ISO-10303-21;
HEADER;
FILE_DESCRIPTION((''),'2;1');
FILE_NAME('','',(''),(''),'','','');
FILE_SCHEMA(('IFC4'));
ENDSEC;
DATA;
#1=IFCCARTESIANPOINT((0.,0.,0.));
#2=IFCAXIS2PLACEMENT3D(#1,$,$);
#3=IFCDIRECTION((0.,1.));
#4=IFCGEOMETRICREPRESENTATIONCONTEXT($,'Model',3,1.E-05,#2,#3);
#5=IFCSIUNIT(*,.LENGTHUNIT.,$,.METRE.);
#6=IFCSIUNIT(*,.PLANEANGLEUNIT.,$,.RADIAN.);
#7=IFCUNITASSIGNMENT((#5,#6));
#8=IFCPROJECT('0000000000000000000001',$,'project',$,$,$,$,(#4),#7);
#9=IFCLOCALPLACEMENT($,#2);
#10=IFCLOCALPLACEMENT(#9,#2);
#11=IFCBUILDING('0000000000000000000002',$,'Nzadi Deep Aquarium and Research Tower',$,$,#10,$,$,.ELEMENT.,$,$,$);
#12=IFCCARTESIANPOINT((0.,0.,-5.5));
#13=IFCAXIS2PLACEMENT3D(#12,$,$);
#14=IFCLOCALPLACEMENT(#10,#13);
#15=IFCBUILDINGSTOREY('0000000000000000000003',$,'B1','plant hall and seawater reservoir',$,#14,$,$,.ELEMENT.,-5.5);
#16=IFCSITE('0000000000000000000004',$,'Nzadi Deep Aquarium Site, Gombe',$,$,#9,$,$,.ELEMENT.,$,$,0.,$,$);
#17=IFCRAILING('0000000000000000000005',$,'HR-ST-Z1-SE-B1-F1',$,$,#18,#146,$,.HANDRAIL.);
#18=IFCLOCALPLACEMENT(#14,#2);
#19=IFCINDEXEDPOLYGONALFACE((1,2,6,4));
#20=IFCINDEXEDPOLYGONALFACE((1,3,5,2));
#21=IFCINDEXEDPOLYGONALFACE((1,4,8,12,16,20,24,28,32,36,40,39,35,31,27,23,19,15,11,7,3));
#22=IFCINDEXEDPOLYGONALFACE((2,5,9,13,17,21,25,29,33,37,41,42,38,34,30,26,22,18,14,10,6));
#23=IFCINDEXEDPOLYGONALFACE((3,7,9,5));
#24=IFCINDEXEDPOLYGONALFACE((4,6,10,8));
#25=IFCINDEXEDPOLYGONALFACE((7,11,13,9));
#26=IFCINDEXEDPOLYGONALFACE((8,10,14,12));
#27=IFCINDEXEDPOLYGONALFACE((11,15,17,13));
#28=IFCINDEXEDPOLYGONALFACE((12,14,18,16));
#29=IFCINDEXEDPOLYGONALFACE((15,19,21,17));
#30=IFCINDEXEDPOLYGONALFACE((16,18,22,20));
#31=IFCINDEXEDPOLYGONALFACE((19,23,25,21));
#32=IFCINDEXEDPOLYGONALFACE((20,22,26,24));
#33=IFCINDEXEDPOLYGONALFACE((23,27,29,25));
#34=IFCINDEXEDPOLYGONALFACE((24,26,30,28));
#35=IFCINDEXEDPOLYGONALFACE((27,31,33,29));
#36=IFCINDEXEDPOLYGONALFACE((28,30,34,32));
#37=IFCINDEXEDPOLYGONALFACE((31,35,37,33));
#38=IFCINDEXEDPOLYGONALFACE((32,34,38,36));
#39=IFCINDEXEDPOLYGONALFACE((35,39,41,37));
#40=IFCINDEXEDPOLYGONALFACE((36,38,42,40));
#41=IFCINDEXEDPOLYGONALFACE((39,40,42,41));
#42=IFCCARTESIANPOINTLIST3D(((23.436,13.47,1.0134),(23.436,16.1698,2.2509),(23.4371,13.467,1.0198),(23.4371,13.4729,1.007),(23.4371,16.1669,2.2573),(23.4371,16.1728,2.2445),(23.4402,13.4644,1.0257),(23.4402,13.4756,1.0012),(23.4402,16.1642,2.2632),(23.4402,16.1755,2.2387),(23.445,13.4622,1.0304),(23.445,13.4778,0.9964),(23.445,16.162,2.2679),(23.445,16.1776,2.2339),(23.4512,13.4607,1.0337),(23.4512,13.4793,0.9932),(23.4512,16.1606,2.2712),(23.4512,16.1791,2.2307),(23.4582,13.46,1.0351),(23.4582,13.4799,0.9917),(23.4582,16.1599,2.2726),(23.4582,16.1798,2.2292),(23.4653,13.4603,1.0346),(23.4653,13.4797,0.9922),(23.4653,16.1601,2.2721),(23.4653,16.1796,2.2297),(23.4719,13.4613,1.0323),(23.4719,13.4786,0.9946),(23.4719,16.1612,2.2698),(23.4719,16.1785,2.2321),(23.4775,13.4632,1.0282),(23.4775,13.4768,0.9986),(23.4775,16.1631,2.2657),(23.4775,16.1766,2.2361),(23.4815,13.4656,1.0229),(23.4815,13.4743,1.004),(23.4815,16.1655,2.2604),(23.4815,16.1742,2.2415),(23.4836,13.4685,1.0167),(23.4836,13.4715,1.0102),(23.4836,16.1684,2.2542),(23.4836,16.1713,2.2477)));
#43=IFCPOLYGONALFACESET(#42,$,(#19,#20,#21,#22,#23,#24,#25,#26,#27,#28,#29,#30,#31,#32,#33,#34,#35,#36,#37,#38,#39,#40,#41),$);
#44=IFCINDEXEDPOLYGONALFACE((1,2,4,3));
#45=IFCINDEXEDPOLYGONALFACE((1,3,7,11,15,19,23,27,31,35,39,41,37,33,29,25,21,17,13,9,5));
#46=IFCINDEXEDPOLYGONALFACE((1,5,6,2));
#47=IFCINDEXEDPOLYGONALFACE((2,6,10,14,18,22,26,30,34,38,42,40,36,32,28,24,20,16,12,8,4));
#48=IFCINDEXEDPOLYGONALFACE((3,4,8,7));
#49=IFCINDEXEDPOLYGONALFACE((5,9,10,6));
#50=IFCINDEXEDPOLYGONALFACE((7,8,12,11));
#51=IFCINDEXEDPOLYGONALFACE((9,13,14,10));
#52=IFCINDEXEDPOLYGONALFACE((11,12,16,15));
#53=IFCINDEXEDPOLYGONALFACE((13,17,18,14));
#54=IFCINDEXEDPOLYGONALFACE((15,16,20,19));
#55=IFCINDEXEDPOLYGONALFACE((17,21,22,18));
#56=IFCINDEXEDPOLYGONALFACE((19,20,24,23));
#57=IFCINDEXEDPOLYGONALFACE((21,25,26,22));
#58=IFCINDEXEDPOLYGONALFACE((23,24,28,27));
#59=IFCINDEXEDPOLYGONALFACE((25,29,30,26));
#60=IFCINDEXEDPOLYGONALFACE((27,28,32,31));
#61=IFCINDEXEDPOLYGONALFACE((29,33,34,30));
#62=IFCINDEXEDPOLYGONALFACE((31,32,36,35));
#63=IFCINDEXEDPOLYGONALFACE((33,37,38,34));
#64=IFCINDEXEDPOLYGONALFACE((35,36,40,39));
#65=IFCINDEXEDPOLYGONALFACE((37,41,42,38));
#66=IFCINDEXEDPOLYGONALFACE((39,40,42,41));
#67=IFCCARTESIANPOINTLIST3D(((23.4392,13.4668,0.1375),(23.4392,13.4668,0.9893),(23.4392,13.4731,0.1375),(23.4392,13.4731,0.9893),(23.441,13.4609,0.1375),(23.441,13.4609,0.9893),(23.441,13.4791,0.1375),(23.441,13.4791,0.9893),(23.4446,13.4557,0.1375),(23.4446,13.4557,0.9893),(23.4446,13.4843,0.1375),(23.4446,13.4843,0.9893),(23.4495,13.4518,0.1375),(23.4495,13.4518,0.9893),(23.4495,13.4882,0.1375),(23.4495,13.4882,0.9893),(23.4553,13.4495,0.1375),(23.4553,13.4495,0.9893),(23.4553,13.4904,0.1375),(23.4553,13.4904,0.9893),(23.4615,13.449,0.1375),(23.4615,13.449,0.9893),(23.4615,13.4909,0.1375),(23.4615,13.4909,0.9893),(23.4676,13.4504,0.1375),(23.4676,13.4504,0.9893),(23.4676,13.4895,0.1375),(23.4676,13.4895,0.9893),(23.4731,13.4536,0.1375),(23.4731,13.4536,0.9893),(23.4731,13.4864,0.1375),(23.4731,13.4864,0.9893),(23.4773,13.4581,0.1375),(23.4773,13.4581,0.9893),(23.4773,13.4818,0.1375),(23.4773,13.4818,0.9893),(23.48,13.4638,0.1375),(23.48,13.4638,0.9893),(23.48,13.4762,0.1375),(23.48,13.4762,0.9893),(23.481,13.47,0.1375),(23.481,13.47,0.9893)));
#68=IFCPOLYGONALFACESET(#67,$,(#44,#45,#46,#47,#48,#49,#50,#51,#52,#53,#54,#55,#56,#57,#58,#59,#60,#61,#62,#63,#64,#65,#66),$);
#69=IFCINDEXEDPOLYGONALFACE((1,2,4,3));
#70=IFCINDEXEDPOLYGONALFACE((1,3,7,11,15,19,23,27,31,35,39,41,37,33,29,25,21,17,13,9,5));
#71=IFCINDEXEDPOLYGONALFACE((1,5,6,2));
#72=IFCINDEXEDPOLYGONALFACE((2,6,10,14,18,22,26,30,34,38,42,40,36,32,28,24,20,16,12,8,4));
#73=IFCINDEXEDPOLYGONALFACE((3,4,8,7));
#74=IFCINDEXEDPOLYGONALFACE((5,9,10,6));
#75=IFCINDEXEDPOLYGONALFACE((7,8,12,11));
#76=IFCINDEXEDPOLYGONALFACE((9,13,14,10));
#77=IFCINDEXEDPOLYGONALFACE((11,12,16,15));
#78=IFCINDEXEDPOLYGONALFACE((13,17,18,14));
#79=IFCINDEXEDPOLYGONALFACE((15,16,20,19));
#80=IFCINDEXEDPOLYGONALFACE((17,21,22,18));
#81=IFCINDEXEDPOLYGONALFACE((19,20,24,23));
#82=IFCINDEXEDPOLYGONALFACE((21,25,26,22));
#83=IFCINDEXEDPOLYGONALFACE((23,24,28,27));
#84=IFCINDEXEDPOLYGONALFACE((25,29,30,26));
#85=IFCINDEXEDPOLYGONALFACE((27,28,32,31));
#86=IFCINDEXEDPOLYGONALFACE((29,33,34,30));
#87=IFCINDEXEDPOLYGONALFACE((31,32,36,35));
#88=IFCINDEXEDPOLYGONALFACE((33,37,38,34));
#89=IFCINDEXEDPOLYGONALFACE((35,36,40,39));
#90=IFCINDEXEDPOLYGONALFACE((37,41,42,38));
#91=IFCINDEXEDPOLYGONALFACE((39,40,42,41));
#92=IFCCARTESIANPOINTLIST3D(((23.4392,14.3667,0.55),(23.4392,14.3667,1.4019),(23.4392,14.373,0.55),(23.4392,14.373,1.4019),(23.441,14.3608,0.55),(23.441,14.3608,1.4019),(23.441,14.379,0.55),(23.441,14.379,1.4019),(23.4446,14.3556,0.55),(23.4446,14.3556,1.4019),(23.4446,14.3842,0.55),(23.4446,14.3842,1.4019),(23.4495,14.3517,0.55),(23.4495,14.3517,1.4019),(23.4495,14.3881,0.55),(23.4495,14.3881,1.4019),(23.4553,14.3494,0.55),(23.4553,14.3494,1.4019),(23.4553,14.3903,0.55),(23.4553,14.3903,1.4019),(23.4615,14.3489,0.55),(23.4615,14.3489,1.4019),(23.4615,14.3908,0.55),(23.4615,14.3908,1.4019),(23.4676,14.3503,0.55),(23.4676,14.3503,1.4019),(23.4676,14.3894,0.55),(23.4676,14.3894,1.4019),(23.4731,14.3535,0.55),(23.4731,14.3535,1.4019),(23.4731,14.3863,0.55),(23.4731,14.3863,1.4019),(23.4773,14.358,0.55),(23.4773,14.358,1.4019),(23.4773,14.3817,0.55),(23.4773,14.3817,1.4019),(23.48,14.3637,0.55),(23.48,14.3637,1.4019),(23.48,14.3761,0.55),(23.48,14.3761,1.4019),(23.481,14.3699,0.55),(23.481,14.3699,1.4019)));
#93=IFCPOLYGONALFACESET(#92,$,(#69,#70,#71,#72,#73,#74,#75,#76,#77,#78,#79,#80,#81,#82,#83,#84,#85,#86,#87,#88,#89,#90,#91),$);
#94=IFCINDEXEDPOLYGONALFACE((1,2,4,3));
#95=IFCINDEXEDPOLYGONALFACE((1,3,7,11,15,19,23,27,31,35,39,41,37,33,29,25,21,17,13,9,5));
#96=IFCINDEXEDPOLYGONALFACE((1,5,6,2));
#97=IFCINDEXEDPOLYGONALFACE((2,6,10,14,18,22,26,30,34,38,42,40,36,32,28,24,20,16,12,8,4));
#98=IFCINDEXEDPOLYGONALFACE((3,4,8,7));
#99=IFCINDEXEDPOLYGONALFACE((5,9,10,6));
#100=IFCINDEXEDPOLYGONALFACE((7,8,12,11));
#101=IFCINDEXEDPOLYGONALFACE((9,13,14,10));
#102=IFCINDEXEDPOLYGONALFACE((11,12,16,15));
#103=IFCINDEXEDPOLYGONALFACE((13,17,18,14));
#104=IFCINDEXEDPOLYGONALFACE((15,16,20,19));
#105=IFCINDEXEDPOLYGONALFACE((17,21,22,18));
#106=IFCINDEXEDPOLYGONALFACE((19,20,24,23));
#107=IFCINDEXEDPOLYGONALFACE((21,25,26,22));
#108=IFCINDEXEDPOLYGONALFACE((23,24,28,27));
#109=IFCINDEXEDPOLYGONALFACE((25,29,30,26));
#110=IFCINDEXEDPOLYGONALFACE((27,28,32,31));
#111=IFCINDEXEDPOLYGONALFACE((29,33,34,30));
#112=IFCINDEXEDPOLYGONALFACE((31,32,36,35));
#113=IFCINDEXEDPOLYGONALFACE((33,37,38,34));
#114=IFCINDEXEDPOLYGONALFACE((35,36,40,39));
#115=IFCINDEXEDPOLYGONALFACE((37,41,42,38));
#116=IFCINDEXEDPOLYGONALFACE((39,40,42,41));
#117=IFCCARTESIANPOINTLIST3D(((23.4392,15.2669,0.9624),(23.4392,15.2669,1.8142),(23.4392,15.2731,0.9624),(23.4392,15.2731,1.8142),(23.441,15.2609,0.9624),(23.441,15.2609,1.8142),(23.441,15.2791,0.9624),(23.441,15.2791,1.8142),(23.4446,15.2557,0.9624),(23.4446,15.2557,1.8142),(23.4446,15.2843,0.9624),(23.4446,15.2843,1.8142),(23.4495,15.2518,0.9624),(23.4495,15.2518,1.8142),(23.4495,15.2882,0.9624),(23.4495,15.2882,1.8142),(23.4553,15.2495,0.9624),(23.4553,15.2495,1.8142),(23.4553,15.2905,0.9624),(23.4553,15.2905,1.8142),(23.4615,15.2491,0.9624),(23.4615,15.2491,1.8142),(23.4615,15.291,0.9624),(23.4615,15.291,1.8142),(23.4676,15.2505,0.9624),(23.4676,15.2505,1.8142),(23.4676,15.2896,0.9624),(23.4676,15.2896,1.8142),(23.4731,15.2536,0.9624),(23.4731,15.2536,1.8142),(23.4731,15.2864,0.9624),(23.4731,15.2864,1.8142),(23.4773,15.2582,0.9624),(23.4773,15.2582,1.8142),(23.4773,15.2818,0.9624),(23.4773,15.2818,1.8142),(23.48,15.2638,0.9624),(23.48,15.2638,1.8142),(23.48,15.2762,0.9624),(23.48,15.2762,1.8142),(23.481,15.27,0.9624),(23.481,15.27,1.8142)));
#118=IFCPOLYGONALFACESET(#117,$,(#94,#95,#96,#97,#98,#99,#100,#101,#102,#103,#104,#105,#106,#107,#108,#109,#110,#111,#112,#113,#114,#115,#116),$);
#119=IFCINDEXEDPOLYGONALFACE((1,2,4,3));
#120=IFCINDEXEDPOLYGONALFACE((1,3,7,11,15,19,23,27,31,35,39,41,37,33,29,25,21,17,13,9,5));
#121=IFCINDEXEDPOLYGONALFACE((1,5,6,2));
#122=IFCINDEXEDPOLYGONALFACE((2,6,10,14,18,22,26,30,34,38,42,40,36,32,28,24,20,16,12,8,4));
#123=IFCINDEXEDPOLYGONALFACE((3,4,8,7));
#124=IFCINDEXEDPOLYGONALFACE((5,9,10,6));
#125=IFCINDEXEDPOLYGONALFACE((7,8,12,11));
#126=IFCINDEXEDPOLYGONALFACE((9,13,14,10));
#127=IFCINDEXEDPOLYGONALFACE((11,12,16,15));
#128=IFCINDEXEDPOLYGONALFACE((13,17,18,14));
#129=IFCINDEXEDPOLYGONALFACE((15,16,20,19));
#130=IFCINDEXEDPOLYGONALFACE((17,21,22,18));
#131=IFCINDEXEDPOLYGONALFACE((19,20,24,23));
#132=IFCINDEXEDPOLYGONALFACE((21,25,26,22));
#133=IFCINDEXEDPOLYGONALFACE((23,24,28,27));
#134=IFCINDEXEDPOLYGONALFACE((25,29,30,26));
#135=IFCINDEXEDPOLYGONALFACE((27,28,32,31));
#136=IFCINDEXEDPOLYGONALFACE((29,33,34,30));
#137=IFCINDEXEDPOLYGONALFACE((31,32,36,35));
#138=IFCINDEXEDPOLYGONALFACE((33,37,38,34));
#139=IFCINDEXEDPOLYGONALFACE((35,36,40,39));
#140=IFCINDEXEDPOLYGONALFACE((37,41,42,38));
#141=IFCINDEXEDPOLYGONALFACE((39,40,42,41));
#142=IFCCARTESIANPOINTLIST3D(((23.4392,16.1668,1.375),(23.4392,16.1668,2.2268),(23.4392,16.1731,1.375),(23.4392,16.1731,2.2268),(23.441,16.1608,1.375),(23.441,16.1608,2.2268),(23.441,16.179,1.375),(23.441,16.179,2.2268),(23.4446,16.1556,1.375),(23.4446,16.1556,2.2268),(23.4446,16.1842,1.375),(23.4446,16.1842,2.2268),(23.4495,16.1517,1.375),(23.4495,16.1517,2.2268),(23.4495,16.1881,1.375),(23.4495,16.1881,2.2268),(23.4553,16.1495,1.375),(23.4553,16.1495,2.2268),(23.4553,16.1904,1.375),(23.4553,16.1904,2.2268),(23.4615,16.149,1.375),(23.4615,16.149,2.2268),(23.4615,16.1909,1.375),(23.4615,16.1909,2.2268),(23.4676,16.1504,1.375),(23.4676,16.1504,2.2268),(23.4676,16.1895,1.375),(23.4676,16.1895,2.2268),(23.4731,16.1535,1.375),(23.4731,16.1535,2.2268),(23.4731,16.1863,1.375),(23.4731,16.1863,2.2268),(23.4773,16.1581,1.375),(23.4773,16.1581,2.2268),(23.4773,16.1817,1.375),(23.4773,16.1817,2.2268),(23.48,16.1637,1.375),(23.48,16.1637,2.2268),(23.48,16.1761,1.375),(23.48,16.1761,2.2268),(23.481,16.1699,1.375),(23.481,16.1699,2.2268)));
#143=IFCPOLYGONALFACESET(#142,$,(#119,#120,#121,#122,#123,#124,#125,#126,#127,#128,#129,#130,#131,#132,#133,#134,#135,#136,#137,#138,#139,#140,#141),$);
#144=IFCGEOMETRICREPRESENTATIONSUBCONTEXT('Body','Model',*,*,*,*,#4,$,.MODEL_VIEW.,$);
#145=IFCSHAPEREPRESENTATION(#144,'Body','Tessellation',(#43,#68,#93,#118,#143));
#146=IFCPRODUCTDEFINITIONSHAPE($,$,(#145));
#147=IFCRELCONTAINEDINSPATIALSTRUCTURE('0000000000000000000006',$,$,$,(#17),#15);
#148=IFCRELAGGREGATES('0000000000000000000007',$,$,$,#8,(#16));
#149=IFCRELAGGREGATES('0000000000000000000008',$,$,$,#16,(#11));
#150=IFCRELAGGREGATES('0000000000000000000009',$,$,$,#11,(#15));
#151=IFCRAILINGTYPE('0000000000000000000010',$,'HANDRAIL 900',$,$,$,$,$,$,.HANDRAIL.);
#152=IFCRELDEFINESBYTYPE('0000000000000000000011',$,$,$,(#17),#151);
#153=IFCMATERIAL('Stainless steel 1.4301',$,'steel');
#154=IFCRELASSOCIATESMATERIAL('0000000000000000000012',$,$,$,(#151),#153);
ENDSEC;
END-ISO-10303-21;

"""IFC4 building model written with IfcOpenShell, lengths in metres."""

from ifc_helpers import new_model, si_unit, direction, frame, origin, origin_2d, place, context, subcontext, project, spatial, circle, extrude, material, type_object, element, save


model = new_model("IFC4")

# Units and contexts
model_context = context("Model", 3, precision=1e-05, world=origin(), true_north=direction((0.0, 1.0)))
body_context = subcontext(model_context, "Body", "Model", "MODEL_VIEW")
ifc_project = project(units=[si_unit("LENGTHUNIT", "METRE"), si_unit("PLANEANGLEUNIT", "RADIAN")], contexts=[model_context])

# Site, building, storey
site_placement = place(None, origin())
site = spatial("IfcSite", under=ifc_project, at=site_placement, Name="Nzadi Deep Aquarium Site, Gombe", CompositionType="ELEMENT", RefElevation=0.0)
building_placement = place(site_placement, origin())
building = spatial("IfcBuilding", under=site, at=building_placement, Name="Nzadi Deep Aquarium and Research Tower", CompositionType="ELEMENT")
storey_placement = place(building_placement, frame((0.0, 0.0, -5.5)))
storey = spatial("IfcBuildingStorey", under=building, at=storey_placement, Name="B1", Description="plant hall and seawater reservoir", CompositionType="ELEMENT", Elevation=-5.5)

# Railing
ifc_material_1 = material(Name="Stainless steel 1.4301", Category="steel")
railing_type = type_object("IfcRailingType", Name="HANDRAIL 900", PredefinedType="HANDRAIL", material=ifc_material_1)
for number, where, name in (
    (1, (23.46, 13.47, 0.1375), "HR-ST-Z1-SE-B1-F1"),
):
    element("IfcRailing", number, at=place(storey_placement, frame(where)), inside=storey, type_object=railing_type, Name=name, PredefinedType="HANDRAIL", context=body_context, shape_type="SweptSolid", body=[
        extrude(circle(Radius=0.0239, at=origin_2d()), frame((0.0, 0.0, 0.876), z_axis=(0.0, 0.909056, 0.416675), x_axis=(-1.0, 0.0, 0.0)), (0.0, 0.0, 1.0), 2.97),
        extrude(circle(Radius=0.021, at=origin_2d()), origin(), (0.0, 0.0, 1.0), 0.8518),
        extrude(circle(Radius=0.021, at=origin_2d()), frame((0.0, 0.8999, 0.4126)), (0.0, 0.0, 1.0), 0.8518),
        extrude(circle(Radius=0.021, at=origin_2d()), frame((0.0, 1.8, 0.825)), (0.0, 0.0, 1.0), 0.8518),
        extrude(circle(Radius=0.021, at=origin_2d()), frame((0.0, 2.7, 1.2375)), (0.0, 0.0, 1.0), 0.8518),
    ])

save(model, "model.ifc")
